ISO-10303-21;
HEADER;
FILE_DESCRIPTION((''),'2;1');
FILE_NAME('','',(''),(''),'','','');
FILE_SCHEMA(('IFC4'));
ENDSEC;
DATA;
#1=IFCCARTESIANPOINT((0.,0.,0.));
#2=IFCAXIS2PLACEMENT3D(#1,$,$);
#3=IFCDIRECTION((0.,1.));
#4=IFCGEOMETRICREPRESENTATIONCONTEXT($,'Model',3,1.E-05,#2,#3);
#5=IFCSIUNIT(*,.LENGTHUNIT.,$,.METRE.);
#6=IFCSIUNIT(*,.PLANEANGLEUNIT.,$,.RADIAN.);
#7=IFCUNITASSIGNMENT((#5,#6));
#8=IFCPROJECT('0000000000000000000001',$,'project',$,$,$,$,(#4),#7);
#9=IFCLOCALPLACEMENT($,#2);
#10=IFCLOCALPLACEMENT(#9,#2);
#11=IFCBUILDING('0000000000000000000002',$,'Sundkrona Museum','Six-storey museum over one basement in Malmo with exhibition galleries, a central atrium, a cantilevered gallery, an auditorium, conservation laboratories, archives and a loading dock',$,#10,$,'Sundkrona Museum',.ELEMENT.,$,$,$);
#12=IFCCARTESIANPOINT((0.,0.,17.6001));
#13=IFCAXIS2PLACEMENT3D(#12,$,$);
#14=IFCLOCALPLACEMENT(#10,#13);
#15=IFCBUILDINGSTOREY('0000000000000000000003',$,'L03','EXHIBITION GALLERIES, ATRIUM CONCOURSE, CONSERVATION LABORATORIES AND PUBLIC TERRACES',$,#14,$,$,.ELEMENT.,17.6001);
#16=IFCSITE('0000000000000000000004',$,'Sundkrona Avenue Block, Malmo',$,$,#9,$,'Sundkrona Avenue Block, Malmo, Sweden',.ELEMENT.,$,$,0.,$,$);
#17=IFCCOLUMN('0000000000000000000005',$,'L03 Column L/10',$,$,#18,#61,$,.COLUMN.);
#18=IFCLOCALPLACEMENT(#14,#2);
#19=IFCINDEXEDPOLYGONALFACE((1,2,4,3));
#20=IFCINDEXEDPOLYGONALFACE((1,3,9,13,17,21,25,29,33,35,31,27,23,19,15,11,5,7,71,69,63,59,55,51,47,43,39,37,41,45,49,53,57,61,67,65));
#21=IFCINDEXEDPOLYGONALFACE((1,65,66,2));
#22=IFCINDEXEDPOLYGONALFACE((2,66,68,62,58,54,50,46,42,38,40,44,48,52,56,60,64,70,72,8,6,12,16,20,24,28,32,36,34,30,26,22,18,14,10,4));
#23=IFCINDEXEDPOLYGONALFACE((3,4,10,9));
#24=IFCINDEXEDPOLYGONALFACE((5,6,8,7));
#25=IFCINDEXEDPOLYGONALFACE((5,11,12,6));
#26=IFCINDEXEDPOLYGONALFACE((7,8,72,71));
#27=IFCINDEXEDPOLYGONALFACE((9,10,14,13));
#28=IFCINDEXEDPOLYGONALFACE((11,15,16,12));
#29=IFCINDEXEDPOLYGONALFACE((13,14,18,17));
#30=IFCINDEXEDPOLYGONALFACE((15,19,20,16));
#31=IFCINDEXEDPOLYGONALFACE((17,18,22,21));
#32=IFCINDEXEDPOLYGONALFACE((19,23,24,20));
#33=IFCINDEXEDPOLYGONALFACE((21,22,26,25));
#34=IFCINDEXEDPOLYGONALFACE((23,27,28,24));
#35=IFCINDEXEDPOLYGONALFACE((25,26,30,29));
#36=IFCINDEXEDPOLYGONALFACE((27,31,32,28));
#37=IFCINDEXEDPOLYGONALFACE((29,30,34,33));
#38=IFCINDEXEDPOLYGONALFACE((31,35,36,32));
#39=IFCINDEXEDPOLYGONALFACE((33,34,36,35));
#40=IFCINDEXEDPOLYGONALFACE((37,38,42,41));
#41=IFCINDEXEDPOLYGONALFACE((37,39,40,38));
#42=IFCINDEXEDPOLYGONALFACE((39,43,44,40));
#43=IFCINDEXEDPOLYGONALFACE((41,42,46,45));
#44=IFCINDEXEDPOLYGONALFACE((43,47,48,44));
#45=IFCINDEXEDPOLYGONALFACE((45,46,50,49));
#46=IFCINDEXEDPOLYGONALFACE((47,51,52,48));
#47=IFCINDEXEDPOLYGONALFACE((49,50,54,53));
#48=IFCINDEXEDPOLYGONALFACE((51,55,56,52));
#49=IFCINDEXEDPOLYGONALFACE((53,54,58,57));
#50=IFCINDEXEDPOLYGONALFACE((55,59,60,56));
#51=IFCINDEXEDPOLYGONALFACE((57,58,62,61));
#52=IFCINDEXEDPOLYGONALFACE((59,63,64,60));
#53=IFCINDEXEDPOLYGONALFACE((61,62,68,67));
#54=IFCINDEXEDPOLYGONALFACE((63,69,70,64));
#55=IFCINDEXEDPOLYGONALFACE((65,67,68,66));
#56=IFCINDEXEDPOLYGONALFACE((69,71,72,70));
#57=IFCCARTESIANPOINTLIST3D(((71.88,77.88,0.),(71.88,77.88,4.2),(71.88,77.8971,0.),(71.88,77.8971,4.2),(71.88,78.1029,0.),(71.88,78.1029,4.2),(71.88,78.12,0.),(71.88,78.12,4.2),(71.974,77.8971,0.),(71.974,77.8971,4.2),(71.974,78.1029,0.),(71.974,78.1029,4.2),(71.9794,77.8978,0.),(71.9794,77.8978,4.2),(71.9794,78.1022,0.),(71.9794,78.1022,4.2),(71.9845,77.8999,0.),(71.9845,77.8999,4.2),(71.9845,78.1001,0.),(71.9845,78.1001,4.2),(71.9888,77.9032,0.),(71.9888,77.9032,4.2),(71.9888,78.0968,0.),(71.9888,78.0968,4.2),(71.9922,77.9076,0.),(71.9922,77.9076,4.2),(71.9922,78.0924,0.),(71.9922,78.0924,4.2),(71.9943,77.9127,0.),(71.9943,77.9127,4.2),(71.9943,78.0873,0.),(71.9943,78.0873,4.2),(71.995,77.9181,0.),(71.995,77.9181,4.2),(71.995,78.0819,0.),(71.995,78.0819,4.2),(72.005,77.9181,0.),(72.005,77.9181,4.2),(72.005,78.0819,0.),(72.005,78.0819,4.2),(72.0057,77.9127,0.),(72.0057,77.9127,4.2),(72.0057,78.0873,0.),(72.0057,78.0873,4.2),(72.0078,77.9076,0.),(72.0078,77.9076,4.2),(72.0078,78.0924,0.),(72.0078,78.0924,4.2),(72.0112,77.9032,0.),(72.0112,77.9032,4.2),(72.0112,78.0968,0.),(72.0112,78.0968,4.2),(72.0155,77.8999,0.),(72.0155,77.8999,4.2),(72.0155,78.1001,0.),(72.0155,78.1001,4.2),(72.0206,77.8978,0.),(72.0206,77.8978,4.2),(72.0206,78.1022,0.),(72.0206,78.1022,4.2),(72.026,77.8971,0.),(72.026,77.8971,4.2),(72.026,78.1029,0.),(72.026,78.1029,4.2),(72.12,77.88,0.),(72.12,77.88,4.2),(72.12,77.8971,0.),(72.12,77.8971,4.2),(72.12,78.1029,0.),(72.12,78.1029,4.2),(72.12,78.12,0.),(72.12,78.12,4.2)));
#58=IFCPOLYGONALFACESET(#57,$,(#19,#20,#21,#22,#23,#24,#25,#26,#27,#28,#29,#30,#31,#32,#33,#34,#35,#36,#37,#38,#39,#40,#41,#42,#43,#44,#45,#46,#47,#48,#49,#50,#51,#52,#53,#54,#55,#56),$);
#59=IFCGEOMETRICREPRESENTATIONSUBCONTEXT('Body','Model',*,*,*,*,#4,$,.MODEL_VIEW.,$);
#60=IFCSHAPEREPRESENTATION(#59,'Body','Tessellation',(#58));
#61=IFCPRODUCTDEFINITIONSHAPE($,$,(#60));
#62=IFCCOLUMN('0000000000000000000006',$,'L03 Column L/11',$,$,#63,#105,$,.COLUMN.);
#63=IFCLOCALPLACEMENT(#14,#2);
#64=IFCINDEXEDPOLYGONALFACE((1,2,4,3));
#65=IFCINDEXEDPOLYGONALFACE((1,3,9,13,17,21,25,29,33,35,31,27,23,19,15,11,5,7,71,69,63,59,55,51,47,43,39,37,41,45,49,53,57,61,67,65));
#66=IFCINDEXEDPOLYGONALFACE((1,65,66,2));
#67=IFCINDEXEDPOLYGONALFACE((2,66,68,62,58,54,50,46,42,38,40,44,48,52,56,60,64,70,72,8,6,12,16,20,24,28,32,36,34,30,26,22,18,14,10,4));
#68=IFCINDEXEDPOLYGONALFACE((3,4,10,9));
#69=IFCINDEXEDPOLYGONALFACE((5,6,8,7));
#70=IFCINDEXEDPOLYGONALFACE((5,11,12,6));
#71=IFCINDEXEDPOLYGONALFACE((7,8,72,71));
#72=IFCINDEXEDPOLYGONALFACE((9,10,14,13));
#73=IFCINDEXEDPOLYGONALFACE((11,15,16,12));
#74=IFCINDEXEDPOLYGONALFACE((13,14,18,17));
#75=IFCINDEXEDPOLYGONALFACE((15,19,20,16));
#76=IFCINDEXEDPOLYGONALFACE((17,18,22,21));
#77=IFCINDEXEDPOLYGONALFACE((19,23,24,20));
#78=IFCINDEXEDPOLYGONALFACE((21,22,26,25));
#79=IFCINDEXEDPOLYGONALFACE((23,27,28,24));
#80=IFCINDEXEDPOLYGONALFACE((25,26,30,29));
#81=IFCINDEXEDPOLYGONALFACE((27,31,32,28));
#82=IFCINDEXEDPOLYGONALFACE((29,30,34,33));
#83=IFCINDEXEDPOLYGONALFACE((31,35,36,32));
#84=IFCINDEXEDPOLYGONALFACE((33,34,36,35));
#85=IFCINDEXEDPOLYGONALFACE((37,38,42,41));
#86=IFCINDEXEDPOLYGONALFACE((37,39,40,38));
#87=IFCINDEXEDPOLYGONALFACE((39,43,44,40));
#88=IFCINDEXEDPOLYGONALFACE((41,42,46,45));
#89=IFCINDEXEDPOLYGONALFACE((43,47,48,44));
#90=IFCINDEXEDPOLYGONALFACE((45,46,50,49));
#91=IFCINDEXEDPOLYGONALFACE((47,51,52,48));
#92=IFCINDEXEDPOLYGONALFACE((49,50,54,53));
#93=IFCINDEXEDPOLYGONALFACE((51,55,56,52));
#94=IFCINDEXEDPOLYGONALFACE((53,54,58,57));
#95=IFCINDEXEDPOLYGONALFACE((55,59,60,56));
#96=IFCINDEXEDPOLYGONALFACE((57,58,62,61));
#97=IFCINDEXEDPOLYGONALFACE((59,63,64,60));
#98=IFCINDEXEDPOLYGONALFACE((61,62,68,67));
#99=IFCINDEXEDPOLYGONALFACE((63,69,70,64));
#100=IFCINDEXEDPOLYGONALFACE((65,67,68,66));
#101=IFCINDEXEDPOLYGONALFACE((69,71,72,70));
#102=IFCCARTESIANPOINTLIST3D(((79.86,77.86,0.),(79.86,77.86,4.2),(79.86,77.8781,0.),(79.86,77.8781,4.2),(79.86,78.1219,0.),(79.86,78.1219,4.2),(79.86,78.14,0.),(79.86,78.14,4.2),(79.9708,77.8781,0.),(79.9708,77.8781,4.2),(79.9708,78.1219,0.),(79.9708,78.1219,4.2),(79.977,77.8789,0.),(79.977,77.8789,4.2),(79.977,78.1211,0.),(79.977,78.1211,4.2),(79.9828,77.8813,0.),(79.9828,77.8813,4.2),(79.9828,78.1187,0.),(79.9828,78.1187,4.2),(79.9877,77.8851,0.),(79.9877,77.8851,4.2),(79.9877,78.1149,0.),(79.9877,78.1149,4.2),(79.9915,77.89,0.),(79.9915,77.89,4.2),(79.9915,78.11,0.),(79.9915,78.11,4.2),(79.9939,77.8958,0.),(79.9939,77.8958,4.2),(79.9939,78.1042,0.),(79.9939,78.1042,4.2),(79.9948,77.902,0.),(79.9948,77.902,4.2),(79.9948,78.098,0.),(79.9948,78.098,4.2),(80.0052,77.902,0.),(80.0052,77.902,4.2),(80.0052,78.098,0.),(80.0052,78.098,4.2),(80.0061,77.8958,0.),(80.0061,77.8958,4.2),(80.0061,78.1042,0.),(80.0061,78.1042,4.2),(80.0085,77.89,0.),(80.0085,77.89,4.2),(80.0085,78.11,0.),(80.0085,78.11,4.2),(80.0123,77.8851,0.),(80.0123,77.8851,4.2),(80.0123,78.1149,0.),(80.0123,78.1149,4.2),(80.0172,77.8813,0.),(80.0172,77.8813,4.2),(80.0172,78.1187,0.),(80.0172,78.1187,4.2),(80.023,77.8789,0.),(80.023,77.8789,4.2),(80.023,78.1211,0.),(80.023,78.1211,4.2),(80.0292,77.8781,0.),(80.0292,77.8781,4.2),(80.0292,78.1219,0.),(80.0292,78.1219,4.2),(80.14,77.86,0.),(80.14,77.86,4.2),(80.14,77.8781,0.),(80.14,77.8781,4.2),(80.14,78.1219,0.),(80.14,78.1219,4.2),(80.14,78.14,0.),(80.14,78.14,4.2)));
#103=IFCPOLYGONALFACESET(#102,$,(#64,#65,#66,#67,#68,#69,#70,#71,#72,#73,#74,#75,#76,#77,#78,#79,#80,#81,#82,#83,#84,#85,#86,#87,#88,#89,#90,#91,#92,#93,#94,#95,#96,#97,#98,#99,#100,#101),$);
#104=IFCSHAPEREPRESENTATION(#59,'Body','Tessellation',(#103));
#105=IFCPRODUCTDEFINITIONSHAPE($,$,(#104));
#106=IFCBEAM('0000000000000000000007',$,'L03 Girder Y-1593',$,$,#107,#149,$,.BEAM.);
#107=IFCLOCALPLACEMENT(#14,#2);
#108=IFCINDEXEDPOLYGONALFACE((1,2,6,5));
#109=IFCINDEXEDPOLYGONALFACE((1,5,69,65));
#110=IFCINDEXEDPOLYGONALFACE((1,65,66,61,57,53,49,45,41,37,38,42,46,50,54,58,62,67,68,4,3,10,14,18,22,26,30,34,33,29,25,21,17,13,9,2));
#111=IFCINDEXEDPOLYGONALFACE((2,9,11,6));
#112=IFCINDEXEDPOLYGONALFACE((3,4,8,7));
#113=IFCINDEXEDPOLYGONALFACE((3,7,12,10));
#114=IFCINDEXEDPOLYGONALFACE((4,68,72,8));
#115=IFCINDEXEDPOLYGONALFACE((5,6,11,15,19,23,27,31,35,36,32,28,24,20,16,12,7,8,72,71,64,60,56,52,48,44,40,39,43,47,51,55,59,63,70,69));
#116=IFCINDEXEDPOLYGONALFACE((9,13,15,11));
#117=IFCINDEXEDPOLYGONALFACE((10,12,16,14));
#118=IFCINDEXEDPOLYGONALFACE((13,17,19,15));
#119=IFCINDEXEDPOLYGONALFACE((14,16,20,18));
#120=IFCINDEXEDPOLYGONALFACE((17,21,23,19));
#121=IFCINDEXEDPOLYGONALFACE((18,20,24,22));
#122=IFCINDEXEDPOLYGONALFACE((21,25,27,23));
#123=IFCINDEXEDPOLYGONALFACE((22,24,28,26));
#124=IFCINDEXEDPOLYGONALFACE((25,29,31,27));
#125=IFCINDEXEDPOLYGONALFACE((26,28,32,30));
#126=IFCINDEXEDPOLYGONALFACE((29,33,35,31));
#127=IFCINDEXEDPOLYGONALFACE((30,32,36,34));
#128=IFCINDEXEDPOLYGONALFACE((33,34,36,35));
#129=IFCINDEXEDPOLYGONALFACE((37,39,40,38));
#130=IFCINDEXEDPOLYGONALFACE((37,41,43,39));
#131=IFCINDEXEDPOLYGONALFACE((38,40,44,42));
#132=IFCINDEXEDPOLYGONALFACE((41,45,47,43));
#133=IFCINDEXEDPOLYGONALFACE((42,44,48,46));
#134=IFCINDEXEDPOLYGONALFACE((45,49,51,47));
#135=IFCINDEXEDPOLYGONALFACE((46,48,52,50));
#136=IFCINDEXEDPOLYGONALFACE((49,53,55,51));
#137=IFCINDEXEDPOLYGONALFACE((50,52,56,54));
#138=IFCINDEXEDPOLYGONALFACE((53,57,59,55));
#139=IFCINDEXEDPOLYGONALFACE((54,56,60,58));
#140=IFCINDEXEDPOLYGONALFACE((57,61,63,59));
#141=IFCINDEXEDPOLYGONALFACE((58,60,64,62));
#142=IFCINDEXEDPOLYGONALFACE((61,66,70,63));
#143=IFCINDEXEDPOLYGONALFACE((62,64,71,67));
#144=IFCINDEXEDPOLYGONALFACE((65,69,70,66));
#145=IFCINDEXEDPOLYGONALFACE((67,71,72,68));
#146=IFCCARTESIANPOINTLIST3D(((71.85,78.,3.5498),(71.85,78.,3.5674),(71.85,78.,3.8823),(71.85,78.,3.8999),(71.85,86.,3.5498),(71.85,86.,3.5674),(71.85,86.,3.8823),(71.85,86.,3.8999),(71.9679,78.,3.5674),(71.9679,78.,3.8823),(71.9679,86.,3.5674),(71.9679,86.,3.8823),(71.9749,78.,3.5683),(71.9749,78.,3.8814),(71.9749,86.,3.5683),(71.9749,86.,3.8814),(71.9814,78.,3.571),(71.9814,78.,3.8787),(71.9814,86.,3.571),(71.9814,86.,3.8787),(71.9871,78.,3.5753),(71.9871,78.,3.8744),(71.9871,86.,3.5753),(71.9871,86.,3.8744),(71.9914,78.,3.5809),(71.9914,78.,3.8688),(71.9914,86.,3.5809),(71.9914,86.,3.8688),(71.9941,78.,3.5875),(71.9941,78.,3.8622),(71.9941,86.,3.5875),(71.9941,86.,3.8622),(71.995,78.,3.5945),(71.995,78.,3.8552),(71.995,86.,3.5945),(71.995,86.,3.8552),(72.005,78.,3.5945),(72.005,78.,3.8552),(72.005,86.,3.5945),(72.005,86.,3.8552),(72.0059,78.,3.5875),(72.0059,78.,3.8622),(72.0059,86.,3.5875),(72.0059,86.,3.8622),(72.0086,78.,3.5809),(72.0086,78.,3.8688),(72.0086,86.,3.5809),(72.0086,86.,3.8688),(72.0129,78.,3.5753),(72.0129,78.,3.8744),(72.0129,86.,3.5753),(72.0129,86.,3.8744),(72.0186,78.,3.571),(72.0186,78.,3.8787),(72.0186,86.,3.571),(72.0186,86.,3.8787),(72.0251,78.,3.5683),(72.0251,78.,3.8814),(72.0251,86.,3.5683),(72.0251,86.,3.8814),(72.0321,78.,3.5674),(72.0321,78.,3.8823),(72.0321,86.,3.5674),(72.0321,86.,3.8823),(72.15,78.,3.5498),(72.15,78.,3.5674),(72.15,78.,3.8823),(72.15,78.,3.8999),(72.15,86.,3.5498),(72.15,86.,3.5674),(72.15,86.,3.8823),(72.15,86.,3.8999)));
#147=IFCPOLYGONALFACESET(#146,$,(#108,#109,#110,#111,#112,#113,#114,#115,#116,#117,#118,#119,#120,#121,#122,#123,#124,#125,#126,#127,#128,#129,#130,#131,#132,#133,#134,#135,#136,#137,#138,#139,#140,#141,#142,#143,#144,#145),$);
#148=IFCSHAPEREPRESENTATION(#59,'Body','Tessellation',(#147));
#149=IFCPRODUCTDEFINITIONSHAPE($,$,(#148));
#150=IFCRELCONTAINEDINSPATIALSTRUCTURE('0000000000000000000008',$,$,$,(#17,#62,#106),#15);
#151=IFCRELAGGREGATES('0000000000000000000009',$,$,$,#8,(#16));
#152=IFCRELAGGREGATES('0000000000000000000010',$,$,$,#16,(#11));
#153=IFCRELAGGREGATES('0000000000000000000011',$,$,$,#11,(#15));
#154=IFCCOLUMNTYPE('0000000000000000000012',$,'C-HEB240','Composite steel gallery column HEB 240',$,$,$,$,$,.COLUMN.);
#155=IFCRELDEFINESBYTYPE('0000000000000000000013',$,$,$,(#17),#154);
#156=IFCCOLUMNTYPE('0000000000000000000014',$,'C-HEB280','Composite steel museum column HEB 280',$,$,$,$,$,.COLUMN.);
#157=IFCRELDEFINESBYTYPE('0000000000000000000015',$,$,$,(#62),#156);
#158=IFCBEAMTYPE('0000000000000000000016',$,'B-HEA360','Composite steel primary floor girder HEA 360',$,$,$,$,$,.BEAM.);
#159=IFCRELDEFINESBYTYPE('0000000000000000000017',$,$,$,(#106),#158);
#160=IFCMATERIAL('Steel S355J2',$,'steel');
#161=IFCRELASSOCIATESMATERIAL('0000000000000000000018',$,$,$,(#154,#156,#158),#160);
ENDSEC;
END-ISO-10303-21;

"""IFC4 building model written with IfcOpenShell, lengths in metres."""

from ifc_helpers import new_model, si_unit, direction, frame, origin, origin_2d, place, context, subcontext, project, spatial, i_section, extrude, material, material_profile, profile_set, type_object, element, save


model = new_model("IFC4")

# Units and contexts
model_context = context("Model", 3, precision=1e-05, world=origin(), true_north=direction((0.0, 1.0)))
body_context = subcontext(model_context, "Body", "Model", "MODEL_VIEW")
ifc_project = project(units=[si_unit("LENGTHUNIT", "METRE"), si_unit("PLANEANGLEUNIT", "RADIAN")], contexts=[model_context])

# Site, building, storey
site_placement = place(None, origin())
site = spatial("IfcSite", under=ifc_project, at=site_placement, Name="Sundkrona Avenue Block, Malmo", LongName="Sundkrona Avenue Block, Malmo, Sweden", CompositionType="ELEMENT", RefElevation=0.0)
building_placement = place(site_placement, origin())
building = spatial("IfcBuilding", under=site, at=building_placement, Name="Sundkrona Museum", Description="Six-storey museum over one basement in Malmo with exhibition galleries, a central atrium, a cantilevered gallery, an auditorium, conservation laboratories, archives and a loading dock", LongName="Sundkrona Museum", CompositionType="ELEMENT")
storey_placement = place(building_placement, frame((0.0, 0.0, 17.6001)))
storey = spatial("IfcBuildingStorey", under=building, at=storey_placement, Name="L03", Description="EXHIBITION GALLERIES, ATRIUM CONCOURSE, CONSERVATION LABORATORIES AND PUBLIC TERRACES", CompositionType="ELEMENT", Elevation=17.6001)

# Columns
ifc_material_1 = material(Name="Steel S355J2", Category="steel")
ifc_material_profile_1 = material_profile(ifc_material_1, i_section(OverallWidth=0.24, OverallDepth=0.24, WebThickness=0.01, FlangeThickness=0.0171, FilletRadius=0.021, at=origin_2d()), Name="HEB 240")
ifc_profile_set_1 = profile_set([ifc_material_profile_1], Name="Steel S355J2")
column_type_1 = type_object("IfcColumnType", Name="C-HEB240", Description="Composite steel gallery column HEB 240", PredefinedType="COLUMN", material=ifc_profile_set_1)
column_1_placement = place(storey_placement, frame((72.0, 78.0, 0.0), z_axis=(0.0, 0.0, 1.0), x_axis=(1.0, 0.0, 0.0)))
element("IfcColumn", 1, at=column_1_placement, inside=storey, type_object=column_type_1, Name="L03 Column L/10", PredefinedType="COLUMN", context=body_context, shape_type="SweptSolid", body=[
    extrude(i_section(OverallWidth=0.24, OverallDepth=0.24, WebThickness=0.01, FlangeThickness=0.0171, FilletRadius=0.021, at=origin_2d()), origin(), (0.0, 0.0, 1.0), 4.2),
])
ifc_material_profile_2 = material_profile(ifc_material_1, i_section(OverallWidth=0.28, OverallDepth=0.28, WebThickness=0.0105, FlangeThickness=0.0181, FilletRadius=0.0239, at=origin_2d()), Name="HEB 280")
ifc_profile_set_2 = profile_set([ifc_material_profile_2], Name="Steel S355J2")
column_type_2 = type_object("IfcColumnType", Name="C-HEB280", Description="Composite steel museum column HEB 280", PredefinedType="COLUMN", material=ifc_profile_set_2)
column_2_placement = place(storey_placement, frame((80.0, 78.0, 0.0), z_axis=(0.0, 0.0, 1.0), x_axis=(1.0, 0.0, 0.0)))
element("IfcColumn", 2, at=column_2_placement, inside=storey, type_object=column_type_2, Name="L03 Column L/11", PredefinedType="COLUMN", context=body_context, shape_type="SweptSolid", body=[
    extrude(i_section(OverallWidth=0.28, OverallDepth=0.28, WebThickness=0.0105, FlangeThickness=0.0181, FilletRadius=0.0239, at=origin_2d()), origin(), (0.0, 0.0, 1.0), 4.2),
])

# Beam
ifc_material_profile_3 = material_profile(ifc_material_1, i_section(OverallWidth=0.3, OverallDepth=0.3501, WebThickness=0.01, FlangeThickness=0.0176, FilletRadius=0.0271, at=origin_2d()), Name="HEA 360")
ifc_profile_set_3 = profile_set([ifc_material_profile_3], Name="Steel S355J2")
beam_type_1 = type_object("IfcBeamType", Name="B-HEA360", Description="Composite steel primary floor girder HEA 360", PredefinedType="BEAM", material=ifc_profile_set_3)
beam_placement = place(storey_placement, frame((72.0, 78.0, 3.7249), z_axis=(0.0, 1.0, 0.0), x_axis=(-1.0, 0.0, 0.0)))
element("IfcBeam", 3, at=beam_placement, inside=storey, type_object=beam_type_1, Name="L03 Girder Y-1593", PredefinedType="BEAM", context=body_context, shape_type="SweptSolid", body=[
    extrude(i_section(OverallWidth=0.3, OverallDepth=0.3501, WebThickness=0.01, FlangeThickness=0.0176, FilletRadius=0.0271, at=origin_2d()), origin(), (0.0, 0.0, 1.0), 8.0),
])

save(model, "model.ifc")
